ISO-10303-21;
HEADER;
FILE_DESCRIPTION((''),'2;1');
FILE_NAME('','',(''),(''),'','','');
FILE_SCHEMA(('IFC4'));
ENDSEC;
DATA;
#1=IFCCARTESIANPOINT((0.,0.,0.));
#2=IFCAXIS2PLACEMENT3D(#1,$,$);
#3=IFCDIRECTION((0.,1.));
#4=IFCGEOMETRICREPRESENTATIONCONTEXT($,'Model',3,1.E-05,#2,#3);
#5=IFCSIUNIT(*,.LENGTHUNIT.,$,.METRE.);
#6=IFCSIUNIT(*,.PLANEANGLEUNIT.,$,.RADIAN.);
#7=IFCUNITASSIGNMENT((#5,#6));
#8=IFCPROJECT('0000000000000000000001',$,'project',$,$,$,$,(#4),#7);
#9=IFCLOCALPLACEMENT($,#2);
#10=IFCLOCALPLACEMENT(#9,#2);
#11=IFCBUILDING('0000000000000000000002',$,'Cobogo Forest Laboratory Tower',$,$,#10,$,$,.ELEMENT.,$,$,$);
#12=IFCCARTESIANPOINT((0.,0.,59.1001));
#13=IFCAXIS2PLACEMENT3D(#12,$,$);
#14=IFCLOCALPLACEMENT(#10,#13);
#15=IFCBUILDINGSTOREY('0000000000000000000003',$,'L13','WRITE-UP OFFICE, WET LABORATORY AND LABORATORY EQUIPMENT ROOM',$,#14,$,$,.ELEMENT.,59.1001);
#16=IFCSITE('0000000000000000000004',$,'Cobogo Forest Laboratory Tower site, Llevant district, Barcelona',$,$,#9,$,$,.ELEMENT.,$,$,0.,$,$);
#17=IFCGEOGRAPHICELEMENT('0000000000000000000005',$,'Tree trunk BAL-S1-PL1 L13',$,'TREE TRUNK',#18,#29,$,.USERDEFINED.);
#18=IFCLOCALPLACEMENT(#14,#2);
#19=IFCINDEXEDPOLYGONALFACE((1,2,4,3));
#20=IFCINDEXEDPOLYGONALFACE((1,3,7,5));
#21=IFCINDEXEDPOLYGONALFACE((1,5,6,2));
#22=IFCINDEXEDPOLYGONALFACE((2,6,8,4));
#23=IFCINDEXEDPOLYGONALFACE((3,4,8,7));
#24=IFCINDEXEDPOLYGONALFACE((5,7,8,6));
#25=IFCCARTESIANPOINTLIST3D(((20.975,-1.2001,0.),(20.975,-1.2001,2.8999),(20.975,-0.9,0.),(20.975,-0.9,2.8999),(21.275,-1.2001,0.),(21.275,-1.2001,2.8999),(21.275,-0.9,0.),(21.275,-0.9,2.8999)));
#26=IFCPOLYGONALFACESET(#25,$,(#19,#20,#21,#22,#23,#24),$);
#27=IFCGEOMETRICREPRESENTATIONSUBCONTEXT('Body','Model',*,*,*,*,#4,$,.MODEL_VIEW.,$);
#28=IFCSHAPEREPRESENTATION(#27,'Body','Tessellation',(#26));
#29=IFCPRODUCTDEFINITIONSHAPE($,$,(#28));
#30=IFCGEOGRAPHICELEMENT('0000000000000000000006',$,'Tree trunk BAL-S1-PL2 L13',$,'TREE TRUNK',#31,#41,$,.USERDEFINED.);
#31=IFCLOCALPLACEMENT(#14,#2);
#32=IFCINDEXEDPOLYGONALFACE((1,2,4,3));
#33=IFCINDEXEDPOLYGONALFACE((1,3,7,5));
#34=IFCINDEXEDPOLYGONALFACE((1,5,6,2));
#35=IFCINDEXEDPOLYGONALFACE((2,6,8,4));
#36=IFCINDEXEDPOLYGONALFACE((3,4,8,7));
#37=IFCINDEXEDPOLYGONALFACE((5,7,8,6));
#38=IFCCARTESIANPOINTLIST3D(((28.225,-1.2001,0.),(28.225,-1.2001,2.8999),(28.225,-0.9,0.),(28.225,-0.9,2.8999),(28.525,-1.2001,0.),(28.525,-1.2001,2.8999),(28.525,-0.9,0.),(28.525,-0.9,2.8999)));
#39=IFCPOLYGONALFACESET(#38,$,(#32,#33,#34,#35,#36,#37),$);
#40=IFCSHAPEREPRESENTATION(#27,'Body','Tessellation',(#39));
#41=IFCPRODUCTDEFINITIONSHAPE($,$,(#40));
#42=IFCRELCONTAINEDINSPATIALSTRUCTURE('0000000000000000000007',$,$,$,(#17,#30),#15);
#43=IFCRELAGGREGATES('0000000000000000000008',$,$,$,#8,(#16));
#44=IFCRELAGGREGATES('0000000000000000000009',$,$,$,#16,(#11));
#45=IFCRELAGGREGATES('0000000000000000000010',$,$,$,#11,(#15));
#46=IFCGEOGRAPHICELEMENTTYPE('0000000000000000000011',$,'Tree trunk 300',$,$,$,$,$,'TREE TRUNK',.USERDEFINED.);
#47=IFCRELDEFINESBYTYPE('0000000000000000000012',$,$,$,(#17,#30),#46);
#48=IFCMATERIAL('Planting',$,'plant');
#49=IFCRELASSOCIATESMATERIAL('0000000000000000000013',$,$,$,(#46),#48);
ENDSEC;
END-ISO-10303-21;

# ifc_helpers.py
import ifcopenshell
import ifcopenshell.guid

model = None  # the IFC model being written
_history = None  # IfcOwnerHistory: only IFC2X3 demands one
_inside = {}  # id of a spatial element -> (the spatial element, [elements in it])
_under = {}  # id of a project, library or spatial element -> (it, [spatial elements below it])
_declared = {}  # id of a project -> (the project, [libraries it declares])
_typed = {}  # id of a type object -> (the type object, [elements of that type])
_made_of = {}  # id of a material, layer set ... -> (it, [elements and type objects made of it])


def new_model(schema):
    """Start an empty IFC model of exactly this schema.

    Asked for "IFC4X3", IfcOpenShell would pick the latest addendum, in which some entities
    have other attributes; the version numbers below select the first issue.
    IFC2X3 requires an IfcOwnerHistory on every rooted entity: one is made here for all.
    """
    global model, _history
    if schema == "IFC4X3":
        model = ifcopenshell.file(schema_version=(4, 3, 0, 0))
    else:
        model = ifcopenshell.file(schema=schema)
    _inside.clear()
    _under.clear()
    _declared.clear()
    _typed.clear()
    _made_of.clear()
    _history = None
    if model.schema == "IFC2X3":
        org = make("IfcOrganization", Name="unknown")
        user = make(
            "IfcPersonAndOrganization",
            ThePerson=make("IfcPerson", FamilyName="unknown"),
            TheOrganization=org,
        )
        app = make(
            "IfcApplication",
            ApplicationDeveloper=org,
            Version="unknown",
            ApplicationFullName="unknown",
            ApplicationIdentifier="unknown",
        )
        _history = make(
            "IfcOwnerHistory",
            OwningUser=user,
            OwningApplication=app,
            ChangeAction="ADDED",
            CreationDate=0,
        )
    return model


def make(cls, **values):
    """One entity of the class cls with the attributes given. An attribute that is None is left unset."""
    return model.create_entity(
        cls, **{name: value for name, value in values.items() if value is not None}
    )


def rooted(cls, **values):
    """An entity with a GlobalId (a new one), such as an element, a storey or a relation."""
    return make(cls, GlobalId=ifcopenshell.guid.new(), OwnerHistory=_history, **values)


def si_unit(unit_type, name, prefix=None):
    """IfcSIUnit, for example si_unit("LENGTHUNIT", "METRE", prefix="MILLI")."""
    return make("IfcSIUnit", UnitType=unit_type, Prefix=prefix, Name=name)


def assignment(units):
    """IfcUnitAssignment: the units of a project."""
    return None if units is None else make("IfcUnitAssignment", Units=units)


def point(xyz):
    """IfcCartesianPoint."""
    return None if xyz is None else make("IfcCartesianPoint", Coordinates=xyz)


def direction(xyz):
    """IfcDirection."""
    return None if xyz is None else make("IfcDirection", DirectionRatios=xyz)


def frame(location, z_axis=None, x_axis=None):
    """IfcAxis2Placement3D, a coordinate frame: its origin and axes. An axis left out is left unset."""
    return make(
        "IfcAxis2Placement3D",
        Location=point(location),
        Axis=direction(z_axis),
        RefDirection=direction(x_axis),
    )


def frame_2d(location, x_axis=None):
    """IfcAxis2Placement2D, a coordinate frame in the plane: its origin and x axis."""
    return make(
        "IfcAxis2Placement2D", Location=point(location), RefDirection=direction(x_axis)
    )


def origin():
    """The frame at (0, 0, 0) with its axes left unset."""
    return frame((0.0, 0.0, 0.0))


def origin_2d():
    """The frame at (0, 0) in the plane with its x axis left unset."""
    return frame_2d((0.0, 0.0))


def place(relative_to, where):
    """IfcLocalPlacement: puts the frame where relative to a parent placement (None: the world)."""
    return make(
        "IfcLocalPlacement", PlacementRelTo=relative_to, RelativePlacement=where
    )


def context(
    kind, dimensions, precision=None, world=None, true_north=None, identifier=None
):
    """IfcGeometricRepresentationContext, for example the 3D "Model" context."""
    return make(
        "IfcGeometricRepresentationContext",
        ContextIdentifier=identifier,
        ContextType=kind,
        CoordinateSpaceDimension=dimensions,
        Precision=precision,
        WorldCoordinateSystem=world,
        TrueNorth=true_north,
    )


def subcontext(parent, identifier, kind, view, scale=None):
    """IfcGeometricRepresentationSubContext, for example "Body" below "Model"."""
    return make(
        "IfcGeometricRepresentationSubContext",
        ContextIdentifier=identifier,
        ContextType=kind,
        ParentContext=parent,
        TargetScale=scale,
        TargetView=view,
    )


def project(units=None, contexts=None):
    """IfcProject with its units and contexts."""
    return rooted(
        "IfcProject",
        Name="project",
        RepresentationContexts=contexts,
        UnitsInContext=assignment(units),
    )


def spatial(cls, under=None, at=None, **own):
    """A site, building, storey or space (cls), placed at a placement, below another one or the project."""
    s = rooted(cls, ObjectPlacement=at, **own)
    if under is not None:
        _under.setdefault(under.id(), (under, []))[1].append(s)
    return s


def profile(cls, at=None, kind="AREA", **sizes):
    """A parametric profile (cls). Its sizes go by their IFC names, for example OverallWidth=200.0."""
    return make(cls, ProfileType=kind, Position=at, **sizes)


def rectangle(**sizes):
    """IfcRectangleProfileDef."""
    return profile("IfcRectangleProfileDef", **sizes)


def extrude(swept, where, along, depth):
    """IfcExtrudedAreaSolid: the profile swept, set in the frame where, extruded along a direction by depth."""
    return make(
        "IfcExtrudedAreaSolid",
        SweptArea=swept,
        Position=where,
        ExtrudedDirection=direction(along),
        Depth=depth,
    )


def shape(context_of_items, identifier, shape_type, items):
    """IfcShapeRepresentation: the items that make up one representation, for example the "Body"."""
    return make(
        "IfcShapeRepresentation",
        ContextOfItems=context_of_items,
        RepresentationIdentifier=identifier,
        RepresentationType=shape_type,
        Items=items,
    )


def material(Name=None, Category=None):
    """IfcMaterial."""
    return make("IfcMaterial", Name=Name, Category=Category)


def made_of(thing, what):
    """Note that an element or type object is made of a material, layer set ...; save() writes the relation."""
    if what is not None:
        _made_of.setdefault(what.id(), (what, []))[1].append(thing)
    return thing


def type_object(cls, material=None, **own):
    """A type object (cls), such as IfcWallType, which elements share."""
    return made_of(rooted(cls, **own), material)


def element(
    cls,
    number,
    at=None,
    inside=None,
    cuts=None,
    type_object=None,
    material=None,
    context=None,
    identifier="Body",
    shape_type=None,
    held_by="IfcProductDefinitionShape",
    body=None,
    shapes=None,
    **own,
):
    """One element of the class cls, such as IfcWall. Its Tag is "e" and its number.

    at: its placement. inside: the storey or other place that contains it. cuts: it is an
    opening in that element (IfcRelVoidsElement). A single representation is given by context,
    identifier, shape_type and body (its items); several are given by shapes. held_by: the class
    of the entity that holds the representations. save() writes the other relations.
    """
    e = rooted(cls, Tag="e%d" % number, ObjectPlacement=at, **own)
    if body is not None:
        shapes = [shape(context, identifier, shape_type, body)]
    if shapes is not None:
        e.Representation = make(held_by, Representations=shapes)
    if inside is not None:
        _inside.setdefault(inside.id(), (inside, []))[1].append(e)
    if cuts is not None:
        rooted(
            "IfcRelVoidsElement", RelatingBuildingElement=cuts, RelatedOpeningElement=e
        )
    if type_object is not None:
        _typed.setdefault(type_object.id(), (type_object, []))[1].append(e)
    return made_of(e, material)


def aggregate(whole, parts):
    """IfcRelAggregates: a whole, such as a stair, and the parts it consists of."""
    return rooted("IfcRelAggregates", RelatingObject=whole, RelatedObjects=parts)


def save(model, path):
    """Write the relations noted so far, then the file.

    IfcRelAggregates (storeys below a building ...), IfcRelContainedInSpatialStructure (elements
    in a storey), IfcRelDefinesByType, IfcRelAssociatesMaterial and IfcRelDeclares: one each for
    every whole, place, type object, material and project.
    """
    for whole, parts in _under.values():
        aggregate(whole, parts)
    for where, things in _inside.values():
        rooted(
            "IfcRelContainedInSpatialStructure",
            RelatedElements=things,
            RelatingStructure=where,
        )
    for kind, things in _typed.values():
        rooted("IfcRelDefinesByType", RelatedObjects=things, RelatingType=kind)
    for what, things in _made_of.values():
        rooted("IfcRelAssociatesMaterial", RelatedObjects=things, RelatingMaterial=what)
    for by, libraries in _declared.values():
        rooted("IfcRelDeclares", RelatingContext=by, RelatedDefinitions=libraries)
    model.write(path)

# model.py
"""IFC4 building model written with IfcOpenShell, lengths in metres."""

from ifc_helpers import new_model, si_unit, direction, frame, origin, origin_2d, place, context, subcontext, project, spatial, rectangle, extrude, material, type_object, element, save


model = new_model("IFC4")

# Units and contexts
model_context = context("Model", 3, precision=1e-05, world=origin(), true_north=direction((0.0, 1.0)))
body_context = subcontext(model_context, "Body", "Model", "MODEL_VIEW")
ifc_project = project(units=[si_unit("LENGTHUNIT", "METRE"), si_unit("PLANEANGLEUNIT", "RADIAN")], contexts=[model_context])

# Site, building, storey
site_placement = place(None, origin())
site = spatial("IfcSite", under=ifc_project, at=site_placement, Name="Cobogo Forest Laboratory Tower site, Llevant district, Barcelona", CompositionType="ELEMENT", RefElevation=0.0)
building_placement = place(site_placement, origin())
building = spatial("IfcBuilding", under=site, at=building_placement, Name="Cobogo Forest Laboratory Tower", CompositionType="ELEMENT")
storey_placement = place(building_placement, frame((0.0, 0.0, 59.1001)))
storey = spatial("IfcBuildingStorey", under=building, at=storey_placement, Name="L13", Description="WRITE-UP OFFICE, WET LABORATORY AND LABORATORY EQUIPMENT ROOM", CompositionType="ELEMENT", Elevation=59.1001)

# Geographic elements
ifc_material_1 = material(Name="Planting", Category="plant")
geographic_element_type = type_object("IfcGeographicElementType", Name="Tree trunk 300", ElementType="TREE TRUNK", PredefinedType="USERDEFINED", material=ifc_material_1)
for number, where, z_axis, x_axis, name in (
    (1, (21.125, -1.05, 0.0), (0.0, 0.0, 1.0), (1.0, 0.0, 0.0), "Tree trunk BAL-S1-PL1 L13"),
    (2, (28.375, -1.05, 0.0), (0.0, 0.0, 1.0), (1.0, 0.0, 0.0), "Tree trunk BAL-S1-PL2 L13"),
):
    element("IfcGeographicElement", number, at=place(storey_placement, frame(where, z_axis=z_axis, x_axis=x_axis)), inside=storey, type_object=geographic_element_type, Name=name, ObjectType="TREE TRUNK", PredefinedType="USERDEFINED", context=body_context, shape_type="SweptSolid", body=[
        extrude(rectangle(XDim=0.3, YDim=0.3, at=origin_2d()), origin(), (0.0, 0.0, 1.0), 2.8999),
    ])

save(model, "model.ifc")
